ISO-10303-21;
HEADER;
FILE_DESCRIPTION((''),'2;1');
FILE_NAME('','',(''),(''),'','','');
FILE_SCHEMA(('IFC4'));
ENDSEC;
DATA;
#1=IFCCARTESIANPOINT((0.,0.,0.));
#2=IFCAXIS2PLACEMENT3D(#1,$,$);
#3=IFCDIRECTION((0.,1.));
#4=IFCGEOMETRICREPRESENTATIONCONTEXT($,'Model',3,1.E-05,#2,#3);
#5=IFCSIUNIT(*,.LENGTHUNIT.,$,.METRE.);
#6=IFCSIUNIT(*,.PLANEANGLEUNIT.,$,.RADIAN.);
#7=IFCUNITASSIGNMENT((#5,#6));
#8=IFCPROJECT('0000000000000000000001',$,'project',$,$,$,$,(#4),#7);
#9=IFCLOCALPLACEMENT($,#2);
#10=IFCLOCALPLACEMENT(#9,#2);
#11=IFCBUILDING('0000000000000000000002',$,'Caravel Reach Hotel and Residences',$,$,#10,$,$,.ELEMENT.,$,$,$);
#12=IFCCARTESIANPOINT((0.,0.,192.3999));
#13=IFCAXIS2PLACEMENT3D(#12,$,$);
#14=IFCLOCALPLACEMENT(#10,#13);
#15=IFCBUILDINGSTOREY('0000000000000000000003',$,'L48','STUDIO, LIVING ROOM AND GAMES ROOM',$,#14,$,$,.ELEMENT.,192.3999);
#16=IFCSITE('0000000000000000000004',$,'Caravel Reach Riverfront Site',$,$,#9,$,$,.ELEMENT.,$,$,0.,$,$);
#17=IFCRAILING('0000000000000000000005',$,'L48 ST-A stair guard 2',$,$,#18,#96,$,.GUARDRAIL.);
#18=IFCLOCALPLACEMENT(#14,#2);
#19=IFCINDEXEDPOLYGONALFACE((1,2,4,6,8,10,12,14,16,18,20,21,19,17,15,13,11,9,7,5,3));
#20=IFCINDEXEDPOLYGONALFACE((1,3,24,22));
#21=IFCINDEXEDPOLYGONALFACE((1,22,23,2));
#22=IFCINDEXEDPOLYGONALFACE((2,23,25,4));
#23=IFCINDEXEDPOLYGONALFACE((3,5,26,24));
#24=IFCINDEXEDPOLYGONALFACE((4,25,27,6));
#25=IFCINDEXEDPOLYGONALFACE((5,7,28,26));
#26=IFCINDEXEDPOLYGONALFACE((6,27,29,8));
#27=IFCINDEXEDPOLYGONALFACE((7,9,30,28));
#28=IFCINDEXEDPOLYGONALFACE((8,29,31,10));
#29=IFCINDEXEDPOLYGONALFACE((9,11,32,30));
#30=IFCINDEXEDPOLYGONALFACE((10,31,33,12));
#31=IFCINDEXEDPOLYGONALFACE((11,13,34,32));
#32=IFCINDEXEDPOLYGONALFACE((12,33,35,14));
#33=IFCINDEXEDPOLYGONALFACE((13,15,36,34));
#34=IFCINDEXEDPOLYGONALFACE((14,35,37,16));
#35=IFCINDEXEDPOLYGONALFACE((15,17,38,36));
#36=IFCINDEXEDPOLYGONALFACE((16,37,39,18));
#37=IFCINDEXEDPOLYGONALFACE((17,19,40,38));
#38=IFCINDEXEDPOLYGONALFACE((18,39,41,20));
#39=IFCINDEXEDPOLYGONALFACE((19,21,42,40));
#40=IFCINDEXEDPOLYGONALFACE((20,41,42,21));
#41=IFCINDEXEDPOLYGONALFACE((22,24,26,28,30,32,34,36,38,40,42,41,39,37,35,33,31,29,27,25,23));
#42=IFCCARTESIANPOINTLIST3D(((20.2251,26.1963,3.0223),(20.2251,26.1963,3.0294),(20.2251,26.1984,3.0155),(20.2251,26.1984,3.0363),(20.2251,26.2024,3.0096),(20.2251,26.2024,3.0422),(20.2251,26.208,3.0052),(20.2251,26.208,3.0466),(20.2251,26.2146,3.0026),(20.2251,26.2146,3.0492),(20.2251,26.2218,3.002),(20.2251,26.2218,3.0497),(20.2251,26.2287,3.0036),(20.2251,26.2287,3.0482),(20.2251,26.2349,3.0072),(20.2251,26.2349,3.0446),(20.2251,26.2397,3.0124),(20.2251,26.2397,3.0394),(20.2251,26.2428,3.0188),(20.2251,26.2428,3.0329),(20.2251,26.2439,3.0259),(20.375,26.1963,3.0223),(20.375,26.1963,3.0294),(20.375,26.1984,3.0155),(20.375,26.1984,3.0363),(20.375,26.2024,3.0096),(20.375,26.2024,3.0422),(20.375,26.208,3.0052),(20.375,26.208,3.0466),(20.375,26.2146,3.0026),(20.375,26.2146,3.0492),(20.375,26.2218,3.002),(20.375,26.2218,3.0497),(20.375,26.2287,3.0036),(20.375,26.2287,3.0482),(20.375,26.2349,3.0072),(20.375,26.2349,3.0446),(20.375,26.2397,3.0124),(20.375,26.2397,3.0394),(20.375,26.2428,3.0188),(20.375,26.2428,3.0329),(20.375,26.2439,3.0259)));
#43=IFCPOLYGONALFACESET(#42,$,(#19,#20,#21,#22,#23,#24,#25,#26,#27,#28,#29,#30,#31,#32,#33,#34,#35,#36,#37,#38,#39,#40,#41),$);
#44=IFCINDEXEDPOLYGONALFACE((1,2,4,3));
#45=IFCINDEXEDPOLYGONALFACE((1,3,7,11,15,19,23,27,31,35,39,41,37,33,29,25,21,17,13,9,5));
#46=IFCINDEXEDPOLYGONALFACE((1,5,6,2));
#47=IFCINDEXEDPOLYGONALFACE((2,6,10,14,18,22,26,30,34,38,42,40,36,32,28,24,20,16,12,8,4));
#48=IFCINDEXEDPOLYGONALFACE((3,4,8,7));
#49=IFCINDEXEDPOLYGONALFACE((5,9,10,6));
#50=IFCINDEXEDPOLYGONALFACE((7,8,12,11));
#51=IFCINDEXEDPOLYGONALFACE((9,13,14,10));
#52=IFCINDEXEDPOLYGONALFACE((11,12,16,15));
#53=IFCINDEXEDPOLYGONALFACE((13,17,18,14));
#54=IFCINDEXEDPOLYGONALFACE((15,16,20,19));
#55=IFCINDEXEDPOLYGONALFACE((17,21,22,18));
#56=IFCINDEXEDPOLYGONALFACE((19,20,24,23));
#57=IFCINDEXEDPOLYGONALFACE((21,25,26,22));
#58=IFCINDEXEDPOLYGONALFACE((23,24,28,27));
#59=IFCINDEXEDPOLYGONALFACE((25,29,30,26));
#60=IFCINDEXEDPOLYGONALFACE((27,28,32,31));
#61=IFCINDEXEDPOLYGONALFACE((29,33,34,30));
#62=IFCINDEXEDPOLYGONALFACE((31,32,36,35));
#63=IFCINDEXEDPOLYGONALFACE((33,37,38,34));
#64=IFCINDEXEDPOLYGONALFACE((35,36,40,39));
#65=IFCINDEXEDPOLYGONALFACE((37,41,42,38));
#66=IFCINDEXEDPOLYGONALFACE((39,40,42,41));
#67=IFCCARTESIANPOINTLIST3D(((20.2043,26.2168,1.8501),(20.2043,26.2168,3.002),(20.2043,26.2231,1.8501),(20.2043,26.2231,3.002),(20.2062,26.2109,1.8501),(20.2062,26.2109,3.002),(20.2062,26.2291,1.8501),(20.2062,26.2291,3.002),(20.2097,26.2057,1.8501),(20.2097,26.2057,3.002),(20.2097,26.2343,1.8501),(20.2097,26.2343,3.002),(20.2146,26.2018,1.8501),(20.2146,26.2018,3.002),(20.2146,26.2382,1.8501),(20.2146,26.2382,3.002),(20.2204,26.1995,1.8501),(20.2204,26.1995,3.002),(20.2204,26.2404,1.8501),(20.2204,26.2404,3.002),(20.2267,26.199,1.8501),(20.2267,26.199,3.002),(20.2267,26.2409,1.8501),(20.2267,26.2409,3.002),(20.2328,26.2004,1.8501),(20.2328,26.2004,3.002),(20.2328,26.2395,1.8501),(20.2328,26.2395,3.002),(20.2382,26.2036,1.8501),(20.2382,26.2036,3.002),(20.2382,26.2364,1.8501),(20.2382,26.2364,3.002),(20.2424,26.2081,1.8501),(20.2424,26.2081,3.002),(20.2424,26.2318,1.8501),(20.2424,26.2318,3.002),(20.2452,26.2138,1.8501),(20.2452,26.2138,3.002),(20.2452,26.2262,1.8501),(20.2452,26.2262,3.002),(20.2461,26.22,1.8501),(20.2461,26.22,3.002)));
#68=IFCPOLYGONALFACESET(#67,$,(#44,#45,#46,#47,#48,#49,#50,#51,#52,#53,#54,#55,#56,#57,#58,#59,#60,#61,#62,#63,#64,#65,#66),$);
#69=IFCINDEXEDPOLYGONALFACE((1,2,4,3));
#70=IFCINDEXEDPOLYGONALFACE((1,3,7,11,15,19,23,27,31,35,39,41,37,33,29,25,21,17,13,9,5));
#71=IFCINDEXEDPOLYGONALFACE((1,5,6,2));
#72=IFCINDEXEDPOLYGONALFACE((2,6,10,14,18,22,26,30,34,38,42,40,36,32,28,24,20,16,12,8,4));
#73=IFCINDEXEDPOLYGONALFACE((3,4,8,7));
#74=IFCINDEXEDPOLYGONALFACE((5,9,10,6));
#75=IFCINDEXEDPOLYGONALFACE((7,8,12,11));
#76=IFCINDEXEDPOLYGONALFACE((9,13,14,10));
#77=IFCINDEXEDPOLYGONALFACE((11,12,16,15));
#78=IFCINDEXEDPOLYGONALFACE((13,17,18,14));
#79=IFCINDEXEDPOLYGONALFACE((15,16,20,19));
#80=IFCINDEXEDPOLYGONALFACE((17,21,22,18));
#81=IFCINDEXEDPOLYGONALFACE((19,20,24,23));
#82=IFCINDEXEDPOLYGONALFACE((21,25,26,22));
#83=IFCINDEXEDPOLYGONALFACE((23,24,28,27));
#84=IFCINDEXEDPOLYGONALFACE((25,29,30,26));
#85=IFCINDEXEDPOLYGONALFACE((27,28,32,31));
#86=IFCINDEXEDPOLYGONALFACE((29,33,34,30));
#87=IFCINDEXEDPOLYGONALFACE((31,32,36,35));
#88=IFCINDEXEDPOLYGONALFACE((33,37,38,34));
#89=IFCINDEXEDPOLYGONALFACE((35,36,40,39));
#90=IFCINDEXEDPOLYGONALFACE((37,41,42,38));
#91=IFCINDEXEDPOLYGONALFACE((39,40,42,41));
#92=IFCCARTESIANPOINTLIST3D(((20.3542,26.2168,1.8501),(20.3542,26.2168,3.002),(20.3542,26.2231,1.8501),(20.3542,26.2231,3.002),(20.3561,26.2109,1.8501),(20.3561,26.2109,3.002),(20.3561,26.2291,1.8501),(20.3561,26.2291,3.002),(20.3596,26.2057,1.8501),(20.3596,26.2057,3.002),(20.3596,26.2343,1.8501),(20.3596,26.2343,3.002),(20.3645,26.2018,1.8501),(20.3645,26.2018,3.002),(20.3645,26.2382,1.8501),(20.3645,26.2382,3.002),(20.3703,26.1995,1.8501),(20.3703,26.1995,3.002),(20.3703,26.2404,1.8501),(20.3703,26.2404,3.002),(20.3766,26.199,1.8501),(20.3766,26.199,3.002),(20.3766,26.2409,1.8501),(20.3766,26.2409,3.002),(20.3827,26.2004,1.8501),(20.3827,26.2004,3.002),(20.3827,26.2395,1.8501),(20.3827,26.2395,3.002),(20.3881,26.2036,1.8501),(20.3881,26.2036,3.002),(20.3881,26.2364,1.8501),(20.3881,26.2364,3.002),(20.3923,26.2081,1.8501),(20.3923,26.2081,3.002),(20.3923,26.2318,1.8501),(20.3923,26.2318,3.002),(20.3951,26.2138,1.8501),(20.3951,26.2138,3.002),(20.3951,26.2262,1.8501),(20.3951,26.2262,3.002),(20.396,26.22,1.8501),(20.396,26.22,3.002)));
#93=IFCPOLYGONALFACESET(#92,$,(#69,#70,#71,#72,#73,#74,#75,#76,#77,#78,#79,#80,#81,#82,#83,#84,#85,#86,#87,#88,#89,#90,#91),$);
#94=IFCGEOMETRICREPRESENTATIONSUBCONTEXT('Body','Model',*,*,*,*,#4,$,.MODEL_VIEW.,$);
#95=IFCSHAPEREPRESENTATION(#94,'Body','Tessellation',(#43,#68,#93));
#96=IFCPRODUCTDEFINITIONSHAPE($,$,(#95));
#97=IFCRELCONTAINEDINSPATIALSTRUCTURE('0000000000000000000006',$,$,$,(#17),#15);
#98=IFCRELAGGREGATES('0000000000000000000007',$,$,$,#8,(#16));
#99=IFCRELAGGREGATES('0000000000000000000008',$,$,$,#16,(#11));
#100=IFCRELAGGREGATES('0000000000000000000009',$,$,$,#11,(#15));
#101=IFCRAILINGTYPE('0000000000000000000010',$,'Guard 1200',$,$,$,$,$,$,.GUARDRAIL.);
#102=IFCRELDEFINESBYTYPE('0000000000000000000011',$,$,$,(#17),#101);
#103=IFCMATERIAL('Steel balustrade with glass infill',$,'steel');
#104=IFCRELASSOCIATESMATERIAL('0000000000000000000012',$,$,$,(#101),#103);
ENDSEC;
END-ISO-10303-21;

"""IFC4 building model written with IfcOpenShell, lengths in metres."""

from ifc_helpers import new_model, si_unit, direction, frame, origin, origin_2d, place, context, subcontext, project, spatial, circle, extrude, material, type_object, element, save


model = new_model("IFC4")

# Units and contexts
model_context = context("Model", 3, precision=1e-05, world=origin(), true_north=direction((0.0, 1.0)))
body_context = subcontext(model_context, "Body", "Model", "MODEL_VIEW")
ifc_project = project(units=[si_unit("LENGTHUNIT", "METRE"), si_unit("PLANEANGLEUNIT", "RADIAN")], contexts=[model_context])

# Site, building, storey
site_placement = place(None, origin())
site = spatial("IfcSite", under=ifc_project, at=site_placement, Name="Caravel Reach Riverfront Site", CompositionType="ELEMENT", RefElevation=0.0)
building_placement = place(site_placement, origin())
building = spatial("IfcBuilding", under=site, at=building_placement, Name="Caravel Reach Hotel and Residences", CompositionType="ELEMENT")
storey_placement = place(building_placement, frame((0.0, 0.0, 192.3999)))
storey = spatial("IfcBuildingStorey", under=building, at=storey_placement, Name="L48", Description="STUDIO, LIVING ROOM AND GAMES ROOM", CompositionType="ELEMENT", Elevation=192.3999)

# Railing
ifc_material_1 = material(Name="Steel balustrade with glass infill", Category="steel")
railing_type_1 = type_object("IfcRailingType", Name="Guard 1200", PredefinedType="GUARDRAIL", material=ifc_material_1)
railing_1_placement = place(storey_placement, frame((20.2251, 26.22, 1.8501)))
element("IfcRailing", 1, at=railing_1_placement, inside=storey, type_object=railing_type_1, Name="L48 ST-A stair guard 2", PredefinedType="GUARDRAIL", context=body_context, shape_type="SweptSolid", body=[
    extrude(circle(Radius=0.0239, at=origin_2d()), frame((0.0, 0.0, 1.1758), z_axis=(1.0, 0.0, 0.0), x_axis=(0.0, 1.0, 0.0)), (0.0, 0.0, 1.0), 0.1499),
    extrude(circle(Radius=0.021, at=origin_2d()), origin(), (0.0, 0.0, 1.0), 1.1519),
    extrude(circle(Radius=0.021, at=origin_2d()), frame((0.1499, 0.0, 0.0)), (0.0, 0.0, 1.0), 1.1519),
])

save(model, "model.ifc")
